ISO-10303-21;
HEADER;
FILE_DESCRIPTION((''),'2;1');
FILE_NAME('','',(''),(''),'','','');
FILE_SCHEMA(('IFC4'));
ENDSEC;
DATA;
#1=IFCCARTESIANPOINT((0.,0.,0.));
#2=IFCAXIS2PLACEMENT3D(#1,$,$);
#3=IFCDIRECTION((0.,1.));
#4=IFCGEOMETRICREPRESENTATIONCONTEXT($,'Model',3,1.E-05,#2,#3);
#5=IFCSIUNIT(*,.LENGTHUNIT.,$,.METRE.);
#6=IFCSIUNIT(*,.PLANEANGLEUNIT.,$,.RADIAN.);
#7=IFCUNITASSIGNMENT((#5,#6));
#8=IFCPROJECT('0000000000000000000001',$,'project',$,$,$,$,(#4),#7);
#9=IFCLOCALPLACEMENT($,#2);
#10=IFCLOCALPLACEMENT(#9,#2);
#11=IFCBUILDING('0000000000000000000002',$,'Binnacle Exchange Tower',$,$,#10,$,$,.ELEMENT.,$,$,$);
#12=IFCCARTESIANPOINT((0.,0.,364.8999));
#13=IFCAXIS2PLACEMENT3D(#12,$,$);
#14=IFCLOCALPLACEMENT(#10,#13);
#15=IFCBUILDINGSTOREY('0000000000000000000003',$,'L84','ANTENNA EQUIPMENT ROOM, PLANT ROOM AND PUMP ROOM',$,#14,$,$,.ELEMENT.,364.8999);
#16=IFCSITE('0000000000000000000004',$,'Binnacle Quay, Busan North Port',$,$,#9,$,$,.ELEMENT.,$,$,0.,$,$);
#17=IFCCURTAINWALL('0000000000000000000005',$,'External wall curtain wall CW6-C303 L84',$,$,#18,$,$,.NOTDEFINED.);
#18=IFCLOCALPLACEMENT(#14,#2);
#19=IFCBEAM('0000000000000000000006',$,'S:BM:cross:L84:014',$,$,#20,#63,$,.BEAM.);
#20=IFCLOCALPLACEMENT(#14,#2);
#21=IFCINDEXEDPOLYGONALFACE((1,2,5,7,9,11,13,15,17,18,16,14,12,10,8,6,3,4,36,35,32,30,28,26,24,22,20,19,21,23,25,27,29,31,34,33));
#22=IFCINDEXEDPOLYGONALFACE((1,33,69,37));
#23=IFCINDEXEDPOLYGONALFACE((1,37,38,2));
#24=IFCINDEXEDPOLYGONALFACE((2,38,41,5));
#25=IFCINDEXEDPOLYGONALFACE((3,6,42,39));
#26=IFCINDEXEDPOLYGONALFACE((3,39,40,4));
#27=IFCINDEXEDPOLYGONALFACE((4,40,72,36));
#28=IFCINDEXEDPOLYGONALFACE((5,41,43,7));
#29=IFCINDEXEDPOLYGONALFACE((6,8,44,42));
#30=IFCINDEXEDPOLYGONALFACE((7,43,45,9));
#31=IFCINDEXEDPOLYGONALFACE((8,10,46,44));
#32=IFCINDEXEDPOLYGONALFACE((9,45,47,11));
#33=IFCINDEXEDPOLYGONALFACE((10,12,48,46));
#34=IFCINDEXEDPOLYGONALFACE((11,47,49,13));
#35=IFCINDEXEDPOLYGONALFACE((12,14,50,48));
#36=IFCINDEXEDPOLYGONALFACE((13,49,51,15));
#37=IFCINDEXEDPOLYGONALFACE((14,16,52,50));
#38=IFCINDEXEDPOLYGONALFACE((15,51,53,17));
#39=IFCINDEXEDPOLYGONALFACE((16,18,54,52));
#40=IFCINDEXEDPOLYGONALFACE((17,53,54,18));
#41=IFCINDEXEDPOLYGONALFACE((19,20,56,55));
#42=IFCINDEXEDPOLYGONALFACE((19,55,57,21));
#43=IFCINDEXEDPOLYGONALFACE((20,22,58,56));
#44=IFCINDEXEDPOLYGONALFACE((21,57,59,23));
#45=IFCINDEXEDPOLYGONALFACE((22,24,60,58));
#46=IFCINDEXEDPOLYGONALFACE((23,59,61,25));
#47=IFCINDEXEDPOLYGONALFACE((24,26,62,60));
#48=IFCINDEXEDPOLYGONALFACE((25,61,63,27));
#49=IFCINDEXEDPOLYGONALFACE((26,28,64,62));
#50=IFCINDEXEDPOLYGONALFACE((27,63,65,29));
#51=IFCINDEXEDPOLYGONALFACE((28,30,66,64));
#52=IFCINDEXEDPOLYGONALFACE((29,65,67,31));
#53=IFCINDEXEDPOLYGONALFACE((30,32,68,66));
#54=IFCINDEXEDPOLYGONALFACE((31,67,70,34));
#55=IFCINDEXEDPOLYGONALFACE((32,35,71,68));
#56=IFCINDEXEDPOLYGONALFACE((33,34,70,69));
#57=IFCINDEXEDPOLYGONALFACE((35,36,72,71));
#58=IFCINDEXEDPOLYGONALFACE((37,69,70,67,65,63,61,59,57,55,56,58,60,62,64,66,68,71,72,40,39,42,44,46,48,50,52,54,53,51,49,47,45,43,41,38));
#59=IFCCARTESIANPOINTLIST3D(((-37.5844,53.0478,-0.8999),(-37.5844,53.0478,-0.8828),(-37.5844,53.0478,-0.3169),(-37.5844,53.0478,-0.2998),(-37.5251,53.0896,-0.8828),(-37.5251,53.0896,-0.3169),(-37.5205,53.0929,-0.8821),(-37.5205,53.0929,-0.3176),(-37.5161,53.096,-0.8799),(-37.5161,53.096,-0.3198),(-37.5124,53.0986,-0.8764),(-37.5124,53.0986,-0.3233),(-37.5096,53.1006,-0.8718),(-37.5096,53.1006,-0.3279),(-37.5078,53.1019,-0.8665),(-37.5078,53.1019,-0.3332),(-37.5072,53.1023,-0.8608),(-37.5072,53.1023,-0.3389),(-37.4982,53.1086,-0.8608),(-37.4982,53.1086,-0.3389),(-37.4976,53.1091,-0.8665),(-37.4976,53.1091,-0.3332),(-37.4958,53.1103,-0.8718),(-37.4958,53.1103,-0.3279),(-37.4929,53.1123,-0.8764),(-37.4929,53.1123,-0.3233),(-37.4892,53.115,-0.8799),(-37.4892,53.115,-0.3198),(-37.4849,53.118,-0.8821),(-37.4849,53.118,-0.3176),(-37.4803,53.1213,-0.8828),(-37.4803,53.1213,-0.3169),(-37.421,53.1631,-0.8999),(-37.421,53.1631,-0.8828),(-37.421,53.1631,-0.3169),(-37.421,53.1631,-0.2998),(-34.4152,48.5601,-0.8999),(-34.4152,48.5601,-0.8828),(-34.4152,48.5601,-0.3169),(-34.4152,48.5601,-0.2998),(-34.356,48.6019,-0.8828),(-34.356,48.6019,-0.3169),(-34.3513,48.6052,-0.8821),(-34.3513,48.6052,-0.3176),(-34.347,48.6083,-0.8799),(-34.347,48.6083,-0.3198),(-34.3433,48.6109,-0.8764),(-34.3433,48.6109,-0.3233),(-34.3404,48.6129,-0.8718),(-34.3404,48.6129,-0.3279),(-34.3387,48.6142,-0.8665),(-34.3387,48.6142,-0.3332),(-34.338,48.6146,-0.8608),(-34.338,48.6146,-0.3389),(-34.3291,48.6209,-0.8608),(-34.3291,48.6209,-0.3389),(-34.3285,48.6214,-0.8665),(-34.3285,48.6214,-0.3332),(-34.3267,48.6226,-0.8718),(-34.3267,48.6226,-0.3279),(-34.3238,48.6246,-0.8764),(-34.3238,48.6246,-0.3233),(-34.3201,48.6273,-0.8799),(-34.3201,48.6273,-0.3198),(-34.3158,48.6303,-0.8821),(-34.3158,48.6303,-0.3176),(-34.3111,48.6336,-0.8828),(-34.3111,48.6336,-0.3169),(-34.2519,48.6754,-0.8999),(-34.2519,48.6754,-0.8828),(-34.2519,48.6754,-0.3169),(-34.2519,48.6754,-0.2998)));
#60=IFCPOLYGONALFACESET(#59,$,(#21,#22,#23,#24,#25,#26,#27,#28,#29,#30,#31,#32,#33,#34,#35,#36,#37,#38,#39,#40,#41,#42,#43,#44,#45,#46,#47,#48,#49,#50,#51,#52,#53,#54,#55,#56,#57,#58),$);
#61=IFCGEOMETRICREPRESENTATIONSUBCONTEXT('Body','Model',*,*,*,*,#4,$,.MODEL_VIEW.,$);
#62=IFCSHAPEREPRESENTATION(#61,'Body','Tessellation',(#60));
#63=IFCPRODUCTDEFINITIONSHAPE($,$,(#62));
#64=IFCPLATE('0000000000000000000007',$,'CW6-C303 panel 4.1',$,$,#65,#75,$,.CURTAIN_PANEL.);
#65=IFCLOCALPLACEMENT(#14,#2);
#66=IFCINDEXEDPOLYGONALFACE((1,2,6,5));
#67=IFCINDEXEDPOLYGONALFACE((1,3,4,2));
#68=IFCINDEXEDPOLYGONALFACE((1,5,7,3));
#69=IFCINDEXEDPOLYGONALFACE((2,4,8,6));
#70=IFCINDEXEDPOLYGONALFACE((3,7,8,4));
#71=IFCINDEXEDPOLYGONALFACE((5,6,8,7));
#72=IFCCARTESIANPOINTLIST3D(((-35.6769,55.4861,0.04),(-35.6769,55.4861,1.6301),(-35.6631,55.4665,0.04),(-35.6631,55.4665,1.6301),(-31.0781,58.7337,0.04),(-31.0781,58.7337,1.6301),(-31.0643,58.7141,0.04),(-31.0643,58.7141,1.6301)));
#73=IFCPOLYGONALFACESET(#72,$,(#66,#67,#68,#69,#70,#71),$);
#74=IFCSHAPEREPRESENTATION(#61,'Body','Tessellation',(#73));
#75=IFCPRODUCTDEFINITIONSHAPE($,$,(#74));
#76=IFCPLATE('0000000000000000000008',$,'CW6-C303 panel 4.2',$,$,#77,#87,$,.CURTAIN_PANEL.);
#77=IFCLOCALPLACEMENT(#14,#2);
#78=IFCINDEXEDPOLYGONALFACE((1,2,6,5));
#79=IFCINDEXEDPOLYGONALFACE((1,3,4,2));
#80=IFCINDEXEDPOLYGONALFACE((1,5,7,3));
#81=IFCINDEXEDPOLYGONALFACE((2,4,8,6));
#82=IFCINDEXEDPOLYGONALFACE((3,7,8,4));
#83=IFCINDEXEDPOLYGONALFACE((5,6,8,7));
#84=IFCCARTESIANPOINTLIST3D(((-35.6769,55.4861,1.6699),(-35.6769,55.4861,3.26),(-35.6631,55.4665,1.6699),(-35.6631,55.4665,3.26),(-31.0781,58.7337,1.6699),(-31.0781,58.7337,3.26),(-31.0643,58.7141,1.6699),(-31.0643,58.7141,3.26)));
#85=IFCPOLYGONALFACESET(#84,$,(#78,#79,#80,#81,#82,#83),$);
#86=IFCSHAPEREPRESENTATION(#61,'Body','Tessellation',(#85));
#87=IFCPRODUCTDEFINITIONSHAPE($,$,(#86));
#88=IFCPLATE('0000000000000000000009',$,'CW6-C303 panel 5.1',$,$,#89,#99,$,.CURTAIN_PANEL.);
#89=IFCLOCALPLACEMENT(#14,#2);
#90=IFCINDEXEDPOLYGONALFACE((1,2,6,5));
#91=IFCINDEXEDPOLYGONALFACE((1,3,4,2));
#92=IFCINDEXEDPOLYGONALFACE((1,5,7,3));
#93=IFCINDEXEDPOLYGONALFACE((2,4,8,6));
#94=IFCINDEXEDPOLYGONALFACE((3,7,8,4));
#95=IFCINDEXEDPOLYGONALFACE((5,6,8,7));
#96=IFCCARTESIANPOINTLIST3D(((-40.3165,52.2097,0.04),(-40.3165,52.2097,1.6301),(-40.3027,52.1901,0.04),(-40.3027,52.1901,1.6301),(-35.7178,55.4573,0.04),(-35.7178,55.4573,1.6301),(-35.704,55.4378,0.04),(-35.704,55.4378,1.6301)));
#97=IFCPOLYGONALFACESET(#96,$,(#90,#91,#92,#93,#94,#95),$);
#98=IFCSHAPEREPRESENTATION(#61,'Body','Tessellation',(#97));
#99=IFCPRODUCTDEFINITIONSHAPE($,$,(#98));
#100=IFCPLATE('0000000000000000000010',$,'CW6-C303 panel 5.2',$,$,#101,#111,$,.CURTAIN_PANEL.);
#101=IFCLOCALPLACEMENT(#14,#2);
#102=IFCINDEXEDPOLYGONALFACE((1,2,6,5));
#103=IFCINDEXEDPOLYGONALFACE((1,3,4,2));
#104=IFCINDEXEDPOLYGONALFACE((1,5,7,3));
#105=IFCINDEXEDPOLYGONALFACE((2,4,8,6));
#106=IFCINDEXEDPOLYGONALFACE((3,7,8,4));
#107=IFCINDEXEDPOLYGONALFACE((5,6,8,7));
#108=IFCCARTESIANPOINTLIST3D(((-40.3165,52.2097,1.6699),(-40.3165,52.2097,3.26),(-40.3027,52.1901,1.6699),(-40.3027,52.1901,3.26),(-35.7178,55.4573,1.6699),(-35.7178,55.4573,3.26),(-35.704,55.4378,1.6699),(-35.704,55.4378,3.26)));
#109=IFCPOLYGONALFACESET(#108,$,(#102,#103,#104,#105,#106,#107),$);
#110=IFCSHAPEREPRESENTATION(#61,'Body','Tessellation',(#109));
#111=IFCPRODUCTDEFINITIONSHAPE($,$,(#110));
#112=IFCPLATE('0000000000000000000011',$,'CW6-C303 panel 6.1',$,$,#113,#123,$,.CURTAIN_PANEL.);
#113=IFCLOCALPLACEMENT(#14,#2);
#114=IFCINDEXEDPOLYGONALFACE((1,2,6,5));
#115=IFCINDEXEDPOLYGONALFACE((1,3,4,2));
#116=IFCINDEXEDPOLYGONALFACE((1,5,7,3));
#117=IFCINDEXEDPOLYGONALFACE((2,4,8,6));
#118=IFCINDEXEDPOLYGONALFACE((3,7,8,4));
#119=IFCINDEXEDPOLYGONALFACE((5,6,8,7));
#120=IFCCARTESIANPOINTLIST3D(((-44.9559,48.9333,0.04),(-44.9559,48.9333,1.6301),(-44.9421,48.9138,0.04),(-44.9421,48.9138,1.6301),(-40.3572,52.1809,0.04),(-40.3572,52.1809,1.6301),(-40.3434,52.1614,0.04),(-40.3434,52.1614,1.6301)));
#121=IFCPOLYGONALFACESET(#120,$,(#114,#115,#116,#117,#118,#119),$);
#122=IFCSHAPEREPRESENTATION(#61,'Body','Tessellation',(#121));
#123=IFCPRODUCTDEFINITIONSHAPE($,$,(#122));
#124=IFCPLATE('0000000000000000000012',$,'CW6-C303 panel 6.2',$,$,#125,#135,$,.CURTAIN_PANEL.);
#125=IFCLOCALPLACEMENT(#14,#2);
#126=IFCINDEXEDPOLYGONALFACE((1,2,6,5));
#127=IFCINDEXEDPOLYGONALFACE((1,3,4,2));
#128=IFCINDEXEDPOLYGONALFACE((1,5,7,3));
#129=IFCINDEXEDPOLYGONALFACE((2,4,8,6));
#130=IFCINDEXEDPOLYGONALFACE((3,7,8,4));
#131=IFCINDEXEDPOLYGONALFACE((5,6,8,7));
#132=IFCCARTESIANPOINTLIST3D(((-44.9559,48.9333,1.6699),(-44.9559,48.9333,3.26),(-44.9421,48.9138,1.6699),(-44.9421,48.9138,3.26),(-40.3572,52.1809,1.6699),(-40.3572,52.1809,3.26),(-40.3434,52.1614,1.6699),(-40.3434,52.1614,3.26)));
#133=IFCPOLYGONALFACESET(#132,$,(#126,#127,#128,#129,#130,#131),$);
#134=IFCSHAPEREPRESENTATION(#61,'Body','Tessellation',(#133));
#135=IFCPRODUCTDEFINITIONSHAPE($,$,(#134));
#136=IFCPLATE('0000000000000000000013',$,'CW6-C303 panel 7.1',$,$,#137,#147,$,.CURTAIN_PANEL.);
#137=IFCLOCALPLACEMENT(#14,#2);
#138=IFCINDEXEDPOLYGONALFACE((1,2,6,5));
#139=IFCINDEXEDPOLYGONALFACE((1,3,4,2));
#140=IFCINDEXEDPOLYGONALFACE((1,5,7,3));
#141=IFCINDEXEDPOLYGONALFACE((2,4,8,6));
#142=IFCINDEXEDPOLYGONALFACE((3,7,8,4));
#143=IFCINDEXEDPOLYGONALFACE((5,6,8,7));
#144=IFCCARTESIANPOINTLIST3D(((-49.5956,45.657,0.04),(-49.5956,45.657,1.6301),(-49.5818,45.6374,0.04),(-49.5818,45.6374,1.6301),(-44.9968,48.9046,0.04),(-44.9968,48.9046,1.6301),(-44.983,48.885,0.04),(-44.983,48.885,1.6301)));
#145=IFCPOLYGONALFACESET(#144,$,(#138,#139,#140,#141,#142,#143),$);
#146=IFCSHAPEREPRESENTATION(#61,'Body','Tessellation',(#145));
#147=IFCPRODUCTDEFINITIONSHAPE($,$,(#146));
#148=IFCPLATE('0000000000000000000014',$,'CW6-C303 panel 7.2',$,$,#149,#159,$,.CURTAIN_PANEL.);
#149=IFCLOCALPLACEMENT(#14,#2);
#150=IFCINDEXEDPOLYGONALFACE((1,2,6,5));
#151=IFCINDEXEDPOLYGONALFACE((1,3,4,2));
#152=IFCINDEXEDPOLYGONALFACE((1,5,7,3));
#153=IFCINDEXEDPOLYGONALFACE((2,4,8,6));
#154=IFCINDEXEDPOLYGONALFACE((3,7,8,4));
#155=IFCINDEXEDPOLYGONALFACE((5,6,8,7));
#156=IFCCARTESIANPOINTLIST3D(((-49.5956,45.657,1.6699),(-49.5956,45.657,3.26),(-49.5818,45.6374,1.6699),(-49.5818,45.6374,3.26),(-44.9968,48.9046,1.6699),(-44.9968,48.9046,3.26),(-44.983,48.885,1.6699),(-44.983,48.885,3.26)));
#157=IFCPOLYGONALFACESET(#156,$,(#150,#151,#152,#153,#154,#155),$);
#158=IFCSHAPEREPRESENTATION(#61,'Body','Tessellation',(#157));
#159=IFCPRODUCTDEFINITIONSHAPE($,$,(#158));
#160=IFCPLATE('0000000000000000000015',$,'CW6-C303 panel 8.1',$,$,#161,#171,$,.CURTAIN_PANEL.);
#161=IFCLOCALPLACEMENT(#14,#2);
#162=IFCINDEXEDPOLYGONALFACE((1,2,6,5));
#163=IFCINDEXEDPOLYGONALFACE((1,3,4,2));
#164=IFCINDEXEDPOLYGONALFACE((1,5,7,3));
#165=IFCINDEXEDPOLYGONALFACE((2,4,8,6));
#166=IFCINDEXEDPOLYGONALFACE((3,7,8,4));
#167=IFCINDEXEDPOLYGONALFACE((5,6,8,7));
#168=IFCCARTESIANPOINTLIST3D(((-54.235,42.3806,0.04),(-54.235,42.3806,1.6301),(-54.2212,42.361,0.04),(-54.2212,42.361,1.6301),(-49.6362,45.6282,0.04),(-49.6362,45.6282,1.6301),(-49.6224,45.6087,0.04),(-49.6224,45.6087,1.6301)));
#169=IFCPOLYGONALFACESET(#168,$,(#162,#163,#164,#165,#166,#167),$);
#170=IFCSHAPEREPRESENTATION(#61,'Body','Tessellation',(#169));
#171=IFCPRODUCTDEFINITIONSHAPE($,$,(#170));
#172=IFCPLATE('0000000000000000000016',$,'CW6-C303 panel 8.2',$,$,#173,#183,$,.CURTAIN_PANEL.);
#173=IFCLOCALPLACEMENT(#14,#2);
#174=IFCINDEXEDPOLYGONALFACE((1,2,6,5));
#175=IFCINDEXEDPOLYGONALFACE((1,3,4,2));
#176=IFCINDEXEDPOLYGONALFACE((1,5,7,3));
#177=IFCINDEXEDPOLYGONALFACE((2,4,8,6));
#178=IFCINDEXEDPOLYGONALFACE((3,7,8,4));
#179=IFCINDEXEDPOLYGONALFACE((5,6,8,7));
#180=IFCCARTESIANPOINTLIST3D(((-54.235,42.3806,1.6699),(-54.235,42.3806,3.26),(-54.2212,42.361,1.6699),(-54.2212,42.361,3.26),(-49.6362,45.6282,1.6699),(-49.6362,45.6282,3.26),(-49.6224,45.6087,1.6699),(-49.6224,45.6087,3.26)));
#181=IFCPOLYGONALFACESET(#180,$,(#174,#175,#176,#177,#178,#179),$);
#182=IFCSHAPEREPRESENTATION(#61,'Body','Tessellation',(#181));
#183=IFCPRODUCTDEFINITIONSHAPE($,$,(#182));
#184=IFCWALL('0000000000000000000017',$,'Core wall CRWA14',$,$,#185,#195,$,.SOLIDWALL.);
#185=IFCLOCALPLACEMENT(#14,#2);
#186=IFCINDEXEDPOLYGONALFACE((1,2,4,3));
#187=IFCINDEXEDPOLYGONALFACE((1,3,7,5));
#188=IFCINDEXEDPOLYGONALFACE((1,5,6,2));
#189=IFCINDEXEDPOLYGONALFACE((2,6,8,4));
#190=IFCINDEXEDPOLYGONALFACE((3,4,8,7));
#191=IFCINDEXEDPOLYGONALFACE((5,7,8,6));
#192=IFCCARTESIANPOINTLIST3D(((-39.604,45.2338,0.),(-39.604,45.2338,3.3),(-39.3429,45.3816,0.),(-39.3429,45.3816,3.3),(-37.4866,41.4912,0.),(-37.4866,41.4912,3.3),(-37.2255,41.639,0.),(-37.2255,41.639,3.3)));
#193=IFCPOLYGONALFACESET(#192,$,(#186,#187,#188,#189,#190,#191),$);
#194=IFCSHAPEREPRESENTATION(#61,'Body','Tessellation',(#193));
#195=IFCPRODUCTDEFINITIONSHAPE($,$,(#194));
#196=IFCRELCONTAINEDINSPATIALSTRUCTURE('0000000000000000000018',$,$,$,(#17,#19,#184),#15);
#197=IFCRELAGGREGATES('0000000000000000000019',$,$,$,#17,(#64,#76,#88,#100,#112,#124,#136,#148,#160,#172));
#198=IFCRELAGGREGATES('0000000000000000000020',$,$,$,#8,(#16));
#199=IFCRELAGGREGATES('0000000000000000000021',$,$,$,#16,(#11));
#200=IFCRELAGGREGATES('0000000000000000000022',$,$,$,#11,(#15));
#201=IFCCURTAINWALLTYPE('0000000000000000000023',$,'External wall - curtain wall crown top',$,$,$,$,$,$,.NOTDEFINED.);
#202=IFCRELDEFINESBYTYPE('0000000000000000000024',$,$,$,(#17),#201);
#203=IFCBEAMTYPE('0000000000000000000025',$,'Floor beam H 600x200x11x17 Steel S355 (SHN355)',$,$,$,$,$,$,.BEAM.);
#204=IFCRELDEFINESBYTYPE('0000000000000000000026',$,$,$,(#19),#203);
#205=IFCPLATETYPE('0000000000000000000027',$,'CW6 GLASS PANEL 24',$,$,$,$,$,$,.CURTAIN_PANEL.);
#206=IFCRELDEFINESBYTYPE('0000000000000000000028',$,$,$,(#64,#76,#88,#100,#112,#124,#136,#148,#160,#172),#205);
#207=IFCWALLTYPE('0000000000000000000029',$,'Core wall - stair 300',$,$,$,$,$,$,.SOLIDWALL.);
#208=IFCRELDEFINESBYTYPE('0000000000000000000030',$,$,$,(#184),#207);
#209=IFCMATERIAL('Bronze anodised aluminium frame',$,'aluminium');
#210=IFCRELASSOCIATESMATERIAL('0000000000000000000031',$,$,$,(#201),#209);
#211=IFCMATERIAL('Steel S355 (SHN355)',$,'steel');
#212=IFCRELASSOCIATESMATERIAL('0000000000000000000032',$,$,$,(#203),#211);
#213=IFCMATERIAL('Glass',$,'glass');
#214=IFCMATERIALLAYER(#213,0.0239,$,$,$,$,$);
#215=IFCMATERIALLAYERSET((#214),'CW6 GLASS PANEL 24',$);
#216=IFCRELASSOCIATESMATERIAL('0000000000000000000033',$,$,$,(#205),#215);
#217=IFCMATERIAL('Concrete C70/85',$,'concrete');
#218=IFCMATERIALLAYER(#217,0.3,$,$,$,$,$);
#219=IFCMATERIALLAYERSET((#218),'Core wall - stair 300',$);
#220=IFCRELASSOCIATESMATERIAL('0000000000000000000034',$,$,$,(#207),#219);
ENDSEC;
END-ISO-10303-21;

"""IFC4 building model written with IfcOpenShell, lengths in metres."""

from ifc_helpers import new_model, si_unit, direction, frame, frame_2d, origin, origin_2d, place, context, subcontext, project, spatial, rectangle, i_section, extrude, material, layer, layer_set, material_profile, profile_set, type_object, element, aggregate, save


model = new_model("IFC4")

# Units and contexts
model_context = context("Model", 3, precision=1e-05, world=origin(), true_north=direction((0.0, 1.0)))
body_context = subcontext(model_context, "Body", "Model", "MODEL_VIEW")
ifc_project = project(units=[si_unit("LENGTHUNIT", "METRE"), si_unit("PLANEANGLEUNIT", "RADIAN")], contexts=[model_context])

# Site, building, storey
site_placement = place(None, origin())
site = spatial("IfcSite", under=ifc_project, at=site_placement, Name="Binnacle Quay, Busan North Port", CompositionType="ELEMENT", RefElevation=0.0)
building_placement = place(site_placement, origin())
building = spatial("IfcBuilding", under=site, at=building_placement, Name="Binnacle Exchange Tower", CompositionType="ELEMENT")
storey_placement = place(building_placement, frame((0.0, 0.0, 364.8999)))
storey = spatial("IfcBuildingStorey", under=building, at=storey_placement, Name="L84", Description="ANTENNA EQUIPMENT ROOM, PLANT ROOM AND PUMP ROOM", CompositionType="ELEMENT", Elevation=364.8999)

# Shared definitions
ifc_material_1 = material(Name="Steel S355 (SHN355)", Category="steel")

# Curtain wall
ifc_material_2 = material(Name="Bronze anodised aluminium frame", Category="aluminium")
curtain_wall_type = type_object("IfcCurtainWallType", Name="External wall - curtain wall crown top", PredefinedType="NOTDEFINED", material=ifc_material_2)
curtain_wall_placement = place(storey_placement, origin())
curtain_wall = element("IfcCurtainWall", 1, at=curtain_wall_placement, inside=storey, type_object=curtain_wall_type, Name="External wall curtain wall CW6-C303 L84", PredefinedType="NOTDEFINED")

# Beam
ifc_material_profile_1 = material_profile(ifc_material_1, i_section(OverallWidth=0.2, OverallDepth=0.6001, WebThickness=0.011, FlangeThickness=0.0171, FilletRadius=0.022, at=origin_2d()), Name="H 600x200x11x17")
ifc_profile_set_1 = profile_set([ifc_material_profile_1], Name="Steel S355 (SHN355)")
beam_type_1 = type_object("IfcBeamType", Name="Floor beam H 600x200x11x17 Steel S355 (SHN355)", PredefinedType="BEAM", material=ifc_profile_set_1)
beam_1_placement = place(storey_placement, frame((-37.5027, 53.1055, -0.5999), z_axis=(0.576845, -0.816853, 0.0), x_axis=(0.816853, 0.576845, 0.0)))
element("IfcBeam", 2, at=beam_1_placement, inside=storey, type_object=beam_type_1, Name="S:BM:cross:L84:014", PredefinedType="BEAM", context=body_context, shape_type="SweptSolid", body=[
    extrude(i_section(OverallWidth=0.2, OverallDepth=0.6001, WebThickness=0.011, FlangeThickness=0.0171, FilletRadius=0.022, at=origin_2d()), origin(), (0.0, 0.0, 1.0), 5.4939),
])

# Plates
ifc_material_3 = material(Name="Glass", Category="glass")
ifc_layer_1 = layer(ifc_material_3, 0.0239)
ifc_layer_set_1 = layer_set([ifc_layer_1], Name="CW6 GLASS PANEL 24")
plate_type = type_object("IfcPlateType", Name="CW6 GLASS PANEL 24", PredefinedType="CURTAIN_PANEL", material=ifc_layer_set_1)
plate_1_placement = place(storey_placement, frame((-33.3706, 57.1001, 0.04), z_axis=(0.0, 0.0, 1.0), x_axis=(-0.816847, -0.576854, 0.0)))
plate_1 = element("IfcPlate", 3, at=plate_1_placement, type_object=plate_type, Name="CW6-C303 panel 4.1", PredefinedType="CURTAIN_PANEL", context=body_context, shape_type="SweptSolid", body=[
    extrude(rectangle(XDim=5.6299, YDim=0.0239, at=origin_2d()), origin(), (0.0, 0.0, 1.0), 1.5901),
])
plate_2_placement = place(storey_placement, frame((-33.3706, 57.1001, 1.6699), z_axis=(0.0, 0.0, 1.0), x_axis=(-0.816847, -0.576854, 0.0)))
plate_2 = element("IfcPlate", 4, at=plate_2_placement, type_object=plate_type, Name="CW6-C303 panel 4.2", PredefinedType="CURTAIN_PANEL", context=body_context, shape_type="SweptSolid", body=[
    extrude(rectangle(XDim=5.6299, YDim=0.0239, at=origin_2d()), origin(), (0.0, 0.0, 1.0), 1.5901),
])
plate_3_placement = place(storey_placement, frame((-38.0103, 53.8237, 0.04), z_axis=(0.0, 0.0, 1.0), x_axis=(-0.816847, -0.576854, 0.0)))
plate_3 = element("IfcPlate", 5, at=plate_3_placement, type_object=plate_type, Name="CW6-C303 panel 5.1", PredefinedType="CURTAIN_PANEL", context=body_context, shape_type="SweptSolid", body=[
    extrude(rectangle(XDim=5.6299, YDim=0.0239, at=origin_2d()), origin(), (0.0, 0.0, 1.0), 1.5901),
])
plate_4_placement = place(storey_placement, frame((-38.0103, 53.8237, 1.6699), z_axis=(0.0, 0.0, 1.0), x_axis=(-0.816847, -0.576854, 0.0)))
plate_4 = element("IfcPlate", 6, at=plate_4_placement, type_object=plate_type, Name="CW6-C303 panel 5.2", PredefinedType="CURTAIN_PANEL", context=body_context, shape_type="SweptSolid", body=[
    extrude(rectangle(XDim=5.6299, YDim=0.0239, at=origin_2d()), origin(), (0.0, 0.0, 1.0), 1.5901),
])
plate_5_placement = place(storey_placement, frame((-42.6497, 50.5474, 0.04), z_axis=(0.0, 0.0, 1.0), x_axis=(-0.816847, -0.576854, 0.0)))
plate_5 = element("IfcPlate", 7, at=plate_5_placement, type_object=plate_type, Name="CW6-C303 panel 6.1", PredefinedType="CURTAIN_PANEL", context=body_context, shape_type="SweptSolid", body=[
    extrude(rectangle(XDim=5.6299, YDim=0.0239, at=origin_2d()), origin(), (0.0, 0.0, 1.0), 1.5901),
])
plate_6_placement = place(storey_placement, frame((-42.6497, 50.5474, 1.6699), z_axis=(0.0, 0.0, 1.0), x_axis=(-0.816847, -0.576854, 0.0)))
plate_6 = element("IfcPlate", 8, at=plate_6_placement, type_object=plate_type, Name="CW6-C303 panel 6.2", PredefinedType="CURTAIN_PANEL", context=body_context, shape_type="SweptSolid", body=[
    extrude(rectangle(XDim=5.6299, YDim=0.0239, at=origin_2d()), origin(), (0.0, 0.0, 1.0), 1.5901),
])
plate_7_placement = place(storey_placement, frame((-47.2893, 47.271, 0.04), z_axis=(0.0, 0.0, 1.0), x_axis=(-0.816847, -0.576854, 0.0)))
plate_7 = element("IfcPlate", 9, at=plate_7_placement, type_object=plate_type, Name="CW6-C303 panel 7.1", PredefinedType="CURTAIN_PANEL", context=body_context, shape_type="SweptSolid", body=[
    extrude(rectangle(XDim=5.6299, YDim=0.0239, at=origin_2d()), origin(), (0.0, 0.0, 1.0), 1.5901),
])
plate_8_placement = place(storey_placement, frame((-47.2893, 47.271, 1.6699), z_axis=(0.0, 0.0, 1.0), x_axis=(-0.816847, -0.576854, 0.0)))
plate_8 = element("IfcPlate", 10, at=plate_8_placement, type_object=plate_type, Name="CW6-C303 panel 7.2", PredefinedType="CURTAIN_PANEL", context=body_context, shape_type="SweptSolid", body=[
    extrude(rectangle(XDim=5.6299, YDim=0.0239, at=origin_2d()), origin(), (0.0, 0.0, 1.0), 1.5901),
])
plate_9_placement = place(storey_placement, frame((-51.9287, 43.9946, 0.04), z_axis=(0.0, 0.0, 1.0), x_axis=(-0.816847, -0.576854, 0.0)))
plate_9 = element("IfcPlate", 11, at=plate_9_placement, type_object=plate_type, Name="CW6-C303 panel 8.1", PredefinedType="CURTAIN_PANEL", context=body_context, shape_type="SweptSolid", body=[
    extrude(rectangle(XDim=5.6299, YDim=0.0239, at=origin_2d()), origin(), (0.0, 0.0, 1.0), 1.5901),
])
plate_10_placement = place(storey_placement, frame((-51.9287, 43.9946, 1.6699), z_axis=(0.0, 0.0, 1.0), x_axis=(-0.816847, -0.576854, 0.0)))
plate_10 = element("IfcPlate", 12, at=plate_10_placement, type_object=plate_type, Name="CW6-C303 panel 8.2", PredefinedType="CURTAIN_PANEL", context=body_context, shape_type="SweptSolid", body=[
    extrude(rectangle(XDim=5.6299, YDim=0.0239, at=origin_2d()), origin(), (0.0, 0.0, 1.0), 1.5901),
])
aggregate(curtain_wall, [plate_1, plate_2, plate_3, plate_4, plate_5, plate_6, plate_7, plate_8, plate_9, plate_10])

# Wall
ifc_material_4 = material(Name="Concrete C70/85", Category="concrete")
ifc_layer_2 = layer(ifc_material_4, 0.3)
ifc_layer_set_2 = layer_set([ifc_layer_2], Name="Core wall - stair 300")
wall_type_1 = type_object("IfcWallType", Name="Core wall - stair 300", PredefinedType="SOLIDWALL", material=ifc_layer_set_2)
wall_1_placement = place(storey_placement, frame((-39.4734, 45.3076, 0.0), z_axis=(0.0, 0.0, 1.0), x_axis=(0.492411, -0.870363, 0.0)))
element("IfcWall", 13, at=wall_1_placement, inside=storey, type_object=wall_type_1, Name="Core wall CRWA14", PredefinedType="SOLIDWALL", context=body_context, shape_type="SweptSolid", body=[
    extrude(rectangle(XDim=4.3, YDim=0.3, at=frame_2d((2.1499, 0.0))), origin(), (0.0, 0.0, 1.0), 3.3),
])

save(model, "model.ifc")
